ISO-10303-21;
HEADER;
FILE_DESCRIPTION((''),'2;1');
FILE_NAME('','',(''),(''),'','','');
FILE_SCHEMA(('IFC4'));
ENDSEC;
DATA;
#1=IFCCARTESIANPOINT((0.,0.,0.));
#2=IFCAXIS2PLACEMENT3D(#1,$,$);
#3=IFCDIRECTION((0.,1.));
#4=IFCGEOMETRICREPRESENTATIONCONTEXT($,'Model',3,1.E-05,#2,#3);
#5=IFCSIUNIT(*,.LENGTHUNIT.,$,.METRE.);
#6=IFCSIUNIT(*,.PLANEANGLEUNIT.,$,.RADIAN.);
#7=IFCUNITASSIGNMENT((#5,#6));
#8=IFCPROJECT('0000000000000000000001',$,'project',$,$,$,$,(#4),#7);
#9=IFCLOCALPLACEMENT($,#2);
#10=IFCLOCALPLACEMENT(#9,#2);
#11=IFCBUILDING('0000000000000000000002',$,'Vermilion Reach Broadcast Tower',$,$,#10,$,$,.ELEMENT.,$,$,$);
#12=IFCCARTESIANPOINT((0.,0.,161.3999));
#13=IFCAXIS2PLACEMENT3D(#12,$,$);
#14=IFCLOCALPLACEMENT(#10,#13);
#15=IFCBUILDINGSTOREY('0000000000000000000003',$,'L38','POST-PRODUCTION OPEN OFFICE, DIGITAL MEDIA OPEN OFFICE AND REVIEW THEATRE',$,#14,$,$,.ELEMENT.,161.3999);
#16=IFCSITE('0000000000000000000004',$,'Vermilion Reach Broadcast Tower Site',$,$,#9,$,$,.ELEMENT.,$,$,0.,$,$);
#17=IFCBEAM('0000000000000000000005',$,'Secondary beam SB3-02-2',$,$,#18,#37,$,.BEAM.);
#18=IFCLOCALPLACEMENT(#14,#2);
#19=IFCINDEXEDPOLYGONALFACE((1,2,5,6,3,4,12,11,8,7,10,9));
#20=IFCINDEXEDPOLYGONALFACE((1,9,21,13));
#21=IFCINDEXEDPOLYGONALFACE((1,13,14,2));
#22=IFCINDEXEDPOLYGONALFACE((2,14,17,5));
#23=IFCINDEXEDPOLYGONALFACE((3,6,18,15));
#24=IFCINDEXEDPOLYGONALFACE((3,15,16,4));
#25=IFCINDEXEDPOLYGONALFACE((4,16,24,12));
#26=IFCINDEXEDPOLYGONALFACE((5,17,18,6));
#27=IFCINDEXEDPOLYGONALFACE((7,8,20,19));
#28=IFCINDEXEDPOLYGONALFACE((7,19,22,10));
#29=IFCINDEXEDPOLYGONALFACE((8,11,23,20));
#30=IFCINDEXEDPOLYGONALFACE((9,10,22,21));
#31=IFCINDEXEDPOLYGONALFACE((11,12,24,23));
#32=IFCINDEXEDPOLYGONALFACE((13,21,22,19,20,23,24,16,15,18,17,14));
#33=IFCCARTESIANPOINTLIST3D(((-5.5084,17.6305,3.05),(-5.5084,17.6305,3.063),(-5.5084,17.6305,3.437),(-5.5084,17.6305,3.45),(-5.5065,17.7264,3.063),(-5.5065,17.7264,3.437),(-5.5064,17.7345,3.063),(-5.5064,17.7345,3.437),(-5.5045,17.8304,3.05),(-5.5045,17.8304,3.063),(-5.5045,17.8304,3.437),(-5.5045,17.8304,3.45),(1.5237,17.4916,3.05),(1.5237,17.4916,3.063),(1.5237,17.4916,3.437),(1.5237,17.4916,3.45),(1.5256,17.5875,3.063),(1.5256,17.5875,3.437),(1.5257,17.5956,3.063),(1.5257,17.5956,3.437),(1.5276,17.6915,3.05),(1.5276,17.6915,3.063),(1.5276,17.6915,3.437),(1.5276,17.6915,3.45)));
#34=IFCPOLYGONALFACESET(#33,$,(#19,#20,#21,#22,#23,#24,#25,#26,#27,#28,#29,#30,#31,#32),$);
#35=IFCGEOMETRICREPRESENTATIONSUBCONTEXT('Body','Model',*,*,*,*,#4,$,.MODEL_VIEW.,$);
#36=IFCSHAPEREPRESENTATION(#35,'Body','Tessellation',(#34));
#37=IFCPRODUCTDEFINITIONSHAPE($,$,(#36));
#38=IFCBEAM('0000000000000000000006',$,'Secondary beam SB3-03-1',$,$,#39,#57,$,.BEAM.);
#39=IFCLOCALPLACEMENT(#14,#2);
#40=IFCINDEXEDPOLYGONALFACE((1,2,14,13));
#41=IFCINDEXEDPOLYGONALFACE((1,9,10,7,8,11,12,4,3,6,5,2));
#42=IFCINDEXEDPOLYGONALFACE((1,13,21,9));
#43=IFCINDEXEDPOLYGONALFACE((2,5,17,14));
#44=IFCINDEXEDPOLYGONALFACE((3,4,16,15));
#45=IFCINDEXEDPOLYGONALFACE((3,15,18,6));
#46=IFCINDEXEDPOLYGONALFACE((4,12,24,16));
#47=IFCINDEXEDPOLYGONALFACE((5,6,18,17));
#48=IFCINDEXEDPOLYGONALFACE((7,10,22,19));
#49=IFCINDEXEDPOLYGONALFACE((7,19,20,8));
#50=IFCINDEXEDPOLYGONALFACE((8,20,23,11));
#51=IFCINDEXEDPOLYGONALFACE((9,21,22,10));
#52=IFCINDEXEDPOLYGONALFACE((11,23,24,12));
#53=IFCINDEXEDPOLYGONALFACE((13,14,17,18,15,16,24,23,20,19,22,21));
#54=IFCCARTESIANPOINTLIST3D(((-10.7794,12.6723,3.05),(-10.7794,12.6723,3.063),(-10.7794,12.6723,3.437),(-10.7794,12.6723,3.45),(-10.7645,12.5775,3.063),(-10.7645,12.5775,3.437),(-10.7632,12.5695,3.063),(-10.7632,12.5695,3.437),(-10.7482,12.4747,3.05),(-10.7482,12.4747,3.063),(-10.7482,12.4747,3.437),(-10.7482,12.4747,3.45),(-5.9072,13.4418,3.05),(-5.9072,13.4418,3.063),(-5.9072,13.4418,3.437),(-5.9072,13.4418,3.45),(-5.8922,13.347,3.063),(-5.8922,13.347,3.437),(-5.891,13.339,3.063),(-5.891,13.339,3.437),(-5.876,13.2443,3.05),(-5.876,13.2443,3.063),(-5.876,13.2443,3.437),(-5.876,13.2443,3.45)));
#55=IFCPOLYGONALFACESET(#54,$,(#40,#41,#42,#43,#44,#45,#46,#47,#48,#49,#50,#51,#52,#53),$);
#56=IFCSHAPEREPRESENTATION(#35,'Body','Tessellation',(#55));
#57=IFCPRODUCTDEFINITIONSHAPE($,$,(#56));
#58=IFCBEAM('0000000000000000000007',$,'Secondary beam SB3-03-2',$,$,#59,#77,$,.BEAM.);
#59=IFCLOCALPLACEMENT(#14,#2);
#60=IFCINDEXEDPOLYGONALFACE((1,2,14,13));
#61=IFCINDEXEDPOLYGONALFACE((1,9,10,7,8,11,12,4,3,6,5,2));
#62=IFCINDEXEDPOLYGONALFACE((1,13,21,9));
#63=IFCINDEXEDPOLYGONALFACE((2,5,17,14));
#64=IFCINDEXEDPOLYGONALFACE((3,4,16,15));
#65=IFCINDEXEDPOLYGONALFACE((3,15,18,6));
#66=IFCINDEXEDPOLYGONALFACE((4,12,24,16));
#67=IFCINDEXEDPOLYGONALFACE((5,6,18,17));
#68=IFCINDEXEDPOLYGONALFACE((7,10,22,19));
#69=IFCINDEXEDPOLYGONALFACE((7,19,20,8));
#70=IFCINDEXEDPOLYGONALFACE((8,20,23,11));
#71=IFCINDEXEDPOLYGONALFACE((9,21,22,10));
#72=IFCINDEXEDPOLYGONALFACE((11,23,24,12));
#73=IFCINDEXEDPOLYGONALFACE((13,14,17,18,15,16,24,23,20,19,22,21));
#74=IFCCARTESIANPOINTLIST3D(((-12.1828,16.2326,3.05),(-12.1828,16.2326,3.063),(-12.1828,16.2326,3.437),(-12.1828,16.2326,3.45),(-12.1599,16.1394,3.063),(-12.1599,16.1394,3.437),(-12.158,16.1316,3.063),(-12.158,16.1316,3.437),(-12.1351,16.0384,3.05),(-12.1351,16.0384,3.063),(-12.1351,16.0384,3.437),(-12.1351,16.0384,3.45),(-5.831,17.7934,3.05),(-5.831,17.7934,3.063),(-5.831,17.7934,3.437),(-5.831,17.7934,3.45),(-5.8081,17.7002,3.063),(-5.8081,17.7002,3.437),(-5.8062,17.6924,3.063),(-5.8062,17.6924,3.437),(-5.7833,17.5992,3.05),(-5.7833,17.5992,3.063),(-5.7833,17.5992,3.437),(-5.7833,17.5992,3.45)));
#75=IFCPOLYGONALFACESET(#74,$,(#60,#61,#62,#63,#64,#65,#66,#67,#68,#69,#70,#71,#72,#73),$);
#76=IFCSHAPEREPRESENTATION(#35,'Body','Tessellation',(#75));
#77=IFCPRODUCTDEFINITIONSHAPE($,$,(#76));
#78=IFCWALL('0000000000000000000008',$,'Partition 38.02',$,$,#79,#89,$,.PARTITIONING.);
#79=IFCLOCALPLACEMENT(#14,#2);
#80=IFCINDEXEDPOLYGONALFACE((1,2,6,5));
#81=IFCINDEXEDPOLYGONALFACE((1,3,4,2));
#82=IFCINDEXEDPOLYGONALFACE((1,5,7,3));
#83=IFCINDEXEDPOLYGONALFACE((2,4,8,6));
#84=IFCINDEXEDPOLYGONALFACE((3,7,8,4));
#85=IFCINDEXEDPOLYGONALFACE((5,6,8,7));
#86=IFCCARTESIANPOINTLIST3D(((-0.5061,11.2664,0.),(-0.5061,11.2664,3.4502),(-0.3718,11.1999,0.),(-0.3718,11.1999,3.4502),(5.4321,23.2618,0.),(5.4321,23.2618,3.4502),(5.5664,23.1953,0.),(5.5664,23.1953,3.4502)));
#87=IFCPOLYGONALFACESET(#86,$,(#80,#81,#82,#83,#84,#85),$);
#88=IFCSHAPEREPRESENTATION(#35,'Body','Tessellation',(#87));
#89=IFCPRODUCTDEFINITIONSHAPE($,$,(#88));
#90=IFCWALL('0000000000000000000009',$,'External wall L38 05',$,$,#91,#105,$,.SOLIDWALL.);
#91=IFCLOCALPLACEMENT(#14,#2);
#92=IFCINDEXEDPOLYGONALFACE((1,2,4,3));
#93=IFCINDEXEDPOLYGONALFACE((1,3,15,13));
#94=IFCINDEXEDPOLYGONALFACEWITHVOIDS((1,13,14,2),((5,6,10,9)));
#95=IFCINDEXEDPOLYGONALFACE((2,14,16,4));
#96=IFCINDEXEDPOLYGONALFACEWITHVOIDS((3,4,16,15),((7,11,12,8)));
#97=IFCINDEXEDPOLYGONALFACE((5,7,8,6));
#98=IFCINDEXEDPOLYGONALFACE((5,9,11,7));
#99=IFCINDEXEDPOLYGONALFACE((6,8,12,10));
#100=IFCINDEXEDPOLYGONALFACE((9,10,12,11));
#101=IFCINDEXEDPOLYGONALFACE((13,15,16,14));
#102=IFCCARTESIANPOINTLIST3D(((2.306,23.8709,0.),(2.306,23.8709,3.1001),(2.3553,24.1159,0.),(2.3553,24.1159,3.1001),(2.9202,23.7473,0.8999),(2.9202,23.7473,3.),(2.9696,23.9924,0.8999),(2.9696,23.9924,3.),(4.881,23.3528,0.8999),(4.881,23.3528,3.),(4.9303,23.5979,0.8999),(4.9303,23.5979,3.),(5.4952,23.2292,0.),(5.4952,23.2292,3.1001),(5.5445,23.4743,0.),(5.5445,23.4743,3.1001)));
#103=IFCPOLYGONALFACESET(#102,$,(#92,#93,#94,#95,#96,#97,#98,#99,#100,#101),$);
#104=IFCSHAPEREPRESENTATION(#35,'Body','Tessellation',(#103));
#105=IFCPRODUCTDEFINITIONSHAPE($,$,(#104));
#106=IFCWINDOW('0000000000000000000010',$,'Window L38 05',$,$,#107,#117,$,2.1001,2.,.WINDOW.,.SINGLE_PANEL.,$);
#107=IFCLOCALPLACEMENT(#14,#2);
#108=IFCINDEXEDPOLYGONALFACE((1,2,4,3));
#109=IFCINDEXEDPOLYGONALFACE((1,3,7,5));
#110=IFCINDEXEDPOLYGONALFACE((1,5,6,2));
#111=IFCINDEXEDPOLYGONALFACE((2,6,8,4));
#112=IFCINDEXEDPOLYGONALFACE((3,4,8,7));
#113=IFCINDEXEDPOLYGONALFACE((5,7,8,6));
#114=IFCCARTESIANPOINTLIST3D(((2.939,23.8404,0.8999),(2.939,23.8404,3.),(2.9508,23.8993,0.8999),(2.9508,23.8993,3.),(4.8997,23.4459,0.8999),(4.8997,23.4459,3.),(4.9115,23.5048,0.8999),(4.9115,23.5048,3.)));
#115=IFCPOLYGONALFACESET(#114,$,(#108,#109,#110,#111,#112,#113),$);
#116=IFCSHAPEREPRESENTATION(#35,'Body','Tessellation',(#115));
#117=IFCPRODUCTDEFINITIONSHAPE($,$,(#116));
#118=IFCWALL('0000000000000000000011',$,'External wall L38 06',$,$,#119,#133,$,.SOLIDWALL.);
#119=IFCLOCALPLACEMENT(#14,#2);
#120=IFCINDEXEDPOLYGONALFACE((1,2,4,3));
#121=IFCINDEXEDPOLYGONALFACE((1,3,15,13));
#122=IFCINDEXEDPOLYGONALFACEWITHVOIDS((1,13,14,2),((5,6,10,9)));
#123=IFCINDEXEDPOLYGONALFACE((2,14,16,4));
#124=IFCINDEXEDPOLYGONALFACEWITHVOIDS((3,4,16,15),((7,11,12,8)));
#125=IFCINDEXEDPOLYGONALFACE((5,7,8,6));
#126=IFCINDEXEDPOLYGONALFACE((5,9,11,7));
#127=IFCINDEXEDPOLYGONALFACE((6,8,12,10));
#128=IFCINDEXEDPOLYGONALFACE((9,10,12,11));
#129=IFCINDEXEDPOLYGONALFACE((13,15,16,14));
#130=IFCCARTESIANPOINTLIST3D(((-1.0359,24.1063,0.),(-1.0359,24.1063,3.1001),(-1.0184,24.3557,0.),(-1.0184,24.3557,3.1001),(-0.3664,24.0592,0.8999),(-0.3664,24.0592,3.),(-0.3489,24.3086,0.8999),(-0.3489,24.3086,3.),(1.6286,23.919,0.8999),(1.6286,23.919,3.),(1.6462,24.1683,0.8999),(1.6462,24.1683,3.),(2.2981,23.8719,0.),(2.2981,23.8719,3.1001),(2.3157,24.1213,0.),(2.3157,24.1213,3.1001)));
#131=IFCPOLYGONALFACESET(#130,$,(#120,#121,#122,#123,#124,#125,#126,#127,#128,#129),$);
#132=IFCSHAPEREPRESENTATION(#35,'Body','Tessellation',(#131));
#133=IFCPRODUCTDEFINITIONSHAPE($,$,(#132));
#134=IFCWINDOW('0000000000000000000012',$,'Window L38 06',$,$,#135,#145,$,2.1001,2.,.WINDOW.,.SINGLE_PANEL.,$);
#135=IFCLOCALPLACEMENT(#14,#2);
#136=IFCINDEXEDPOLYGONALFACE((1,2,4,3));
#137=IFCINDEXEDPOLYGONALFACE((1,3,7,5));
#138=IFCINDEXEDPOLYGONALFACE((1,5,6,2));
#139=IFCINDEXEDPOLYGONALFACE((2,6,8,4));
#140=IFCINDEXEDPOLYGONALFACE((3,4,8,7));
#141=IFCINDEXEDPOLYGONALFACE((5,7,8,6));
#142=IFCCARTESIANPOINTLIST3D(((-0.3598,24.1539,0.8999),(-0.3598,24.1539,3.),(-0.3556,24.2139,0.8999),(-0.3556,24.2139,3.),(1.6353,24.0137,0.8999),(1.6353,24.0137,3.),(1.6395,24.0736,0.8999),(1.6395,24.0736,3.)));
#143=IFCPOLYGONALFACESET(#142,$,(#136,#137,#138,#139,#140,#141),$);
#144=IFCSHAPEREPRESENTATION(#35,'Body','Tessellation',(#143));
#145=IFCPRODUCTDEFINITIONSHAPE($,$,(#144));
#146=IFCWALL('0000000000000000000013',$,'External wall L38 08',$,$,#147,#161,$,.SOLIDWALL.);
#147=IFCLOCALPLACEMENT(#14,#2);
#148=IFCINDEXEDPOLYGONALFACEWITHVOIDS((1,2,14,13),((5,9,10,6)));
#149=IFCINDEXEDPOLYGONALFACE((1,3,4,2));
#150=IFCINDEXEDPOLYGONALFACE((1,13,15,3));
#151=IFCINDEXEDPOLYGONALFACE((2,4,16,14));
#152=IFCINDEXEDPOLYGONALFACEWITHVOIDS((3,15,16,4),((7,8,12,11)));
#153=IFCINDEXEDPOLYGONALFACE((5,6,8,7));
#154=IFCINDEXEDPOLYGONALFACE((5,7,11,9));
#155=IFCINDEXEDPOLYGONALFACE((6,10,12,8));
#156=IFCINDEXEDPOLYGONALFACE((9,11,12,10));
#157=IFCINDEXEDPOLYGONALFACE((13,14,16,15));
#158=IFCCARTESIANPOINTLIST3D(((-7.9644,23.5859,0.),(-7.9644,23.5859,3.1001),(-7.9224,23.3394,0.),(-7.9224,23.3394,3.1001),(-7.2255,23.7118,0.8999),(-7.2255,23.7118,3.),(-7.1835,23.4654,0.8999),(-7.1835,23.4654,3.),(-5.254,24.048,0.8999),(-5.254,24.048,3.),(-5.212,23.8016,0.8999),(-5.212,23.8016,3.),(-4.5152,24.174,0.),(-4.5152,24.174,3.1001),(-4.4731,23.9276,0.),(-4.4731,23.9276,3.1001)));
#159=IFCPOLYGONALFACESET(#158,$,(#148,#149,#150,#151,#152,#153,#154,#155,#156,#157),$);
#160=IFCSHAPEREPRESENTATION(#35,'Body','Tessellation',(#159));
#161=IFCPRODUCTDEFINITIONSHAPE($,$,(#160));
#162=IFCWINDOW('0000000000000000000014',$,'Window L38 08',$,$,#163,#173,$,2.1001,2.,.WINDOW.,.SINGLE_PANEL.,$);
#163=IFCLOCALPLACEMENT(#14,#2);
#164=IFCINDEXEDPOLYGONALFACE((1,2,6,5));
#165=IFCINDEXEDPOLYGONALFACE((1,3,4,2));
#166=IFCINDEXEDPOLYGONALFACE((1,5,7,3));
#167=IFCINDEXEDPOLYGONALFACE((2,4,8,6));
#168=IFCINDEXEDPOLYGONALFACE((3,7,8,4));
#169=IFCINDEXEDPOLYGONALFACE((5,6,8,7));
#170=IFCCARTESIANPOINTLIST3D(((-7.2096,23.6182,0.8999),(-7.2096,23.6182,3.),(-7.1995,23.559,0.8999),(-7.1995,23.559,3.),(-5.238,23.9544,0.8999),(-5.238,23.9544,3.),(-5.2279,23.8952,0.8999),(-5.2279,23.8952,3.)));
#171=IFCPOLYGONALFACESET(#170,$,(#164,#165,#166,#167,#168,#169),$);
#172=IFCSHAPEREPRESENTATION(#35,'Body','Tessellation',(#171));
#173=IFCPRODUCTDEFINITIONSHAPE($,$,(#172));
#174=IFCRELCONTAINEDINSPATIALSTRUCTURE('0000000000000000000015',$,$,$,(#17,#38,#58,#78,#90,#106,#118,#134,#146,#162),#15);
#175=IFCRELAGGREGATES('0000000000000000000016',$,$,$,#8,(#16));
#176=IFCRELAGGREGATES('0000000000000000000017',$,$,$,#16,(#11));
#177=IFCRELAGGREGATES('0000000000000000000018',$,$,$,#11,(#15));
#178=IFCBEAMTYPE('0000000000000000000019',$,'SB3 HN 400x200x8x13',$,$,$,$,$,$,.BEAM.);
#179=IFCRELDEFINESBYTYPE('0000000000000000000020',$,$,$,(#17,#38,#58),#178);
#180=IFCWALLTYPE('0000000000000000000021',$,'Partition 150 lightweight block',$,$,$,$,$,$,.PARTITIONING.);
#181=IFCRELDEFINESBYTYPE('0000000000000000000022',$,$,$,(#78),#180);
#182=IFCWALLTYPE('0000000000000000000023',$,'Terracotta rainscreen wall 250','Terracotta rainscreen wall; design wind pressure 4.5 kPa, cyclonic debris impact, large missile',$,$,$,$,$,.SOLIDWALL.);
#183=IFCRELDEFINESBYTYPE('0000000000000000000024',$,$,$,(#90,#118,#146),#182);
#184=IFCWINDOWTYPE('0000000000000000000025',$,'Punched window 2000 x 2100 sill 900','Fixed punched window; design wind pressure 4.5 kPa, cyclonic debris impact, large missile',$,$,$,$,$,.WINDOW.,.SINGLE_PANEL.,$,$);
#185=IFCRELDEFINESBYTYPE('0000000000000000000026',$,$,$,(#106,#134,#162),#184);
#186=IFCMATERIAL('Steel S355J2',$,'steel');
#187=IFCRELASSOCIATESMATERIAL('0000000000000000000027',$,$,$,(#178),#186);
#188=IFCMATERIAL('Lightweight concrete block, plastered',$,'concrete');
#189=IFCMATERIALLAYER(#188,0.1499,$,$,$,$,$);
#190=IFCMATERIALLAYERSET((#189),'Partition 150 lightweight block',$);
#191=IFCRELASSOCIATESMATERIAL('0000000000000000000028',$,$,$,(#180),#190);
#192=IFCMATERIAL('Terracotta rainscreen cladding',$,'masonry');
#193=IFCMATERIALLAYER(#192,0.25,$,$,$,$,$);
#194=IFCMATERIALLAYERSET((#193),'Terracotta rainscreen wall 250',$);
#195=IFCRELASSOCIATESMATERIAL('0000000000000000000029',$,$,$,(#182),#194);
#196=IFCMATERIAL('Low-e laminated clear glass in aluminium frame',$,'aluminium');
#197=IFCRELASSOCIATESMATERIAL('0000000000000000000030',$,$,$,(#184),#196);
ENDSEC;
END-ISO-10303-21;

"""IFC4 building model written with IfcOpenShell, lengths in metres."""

from ifc_helpers import new_model, si_unit, direction, frame, frame_2d, origin, origin_2d, place, context, subcontext, project, spatial, rectangle, i_section, extrude, material, layer, layer_set, material_profile, profile_set, type_object, element, fill, save


model = new_model("IFC4")

# Units and contexts
model_context = context("Model", 3, precision=1e-05, world=origin(), true_north=direction((0.0, 1.0)))
body_context = subcontext(model_context, "Body", "Model", "MODEL_VIEW")
ifc_project = project(units=[si_unit("LENGTHUNIT", "METRE"), si_unit("PLANEANGLEUNIT", "RADIAN")], contexts=[model_context])

# Site, building, storey
site_placement = place(None, origin())
site = spatial("IfcSite", under=ifc_project, at=site_placement, Name="Vermilion Reach Broadcast Tower Site", CompositionType="ELEMENT", RefElevation=0.0)
building_placement = place(site_placement, origin())
building = spatial("IfcBuilding", under=site, at=building_placement, Name="Vermilion Reach Broadcast Tower", CompositionType="ELEMENT")
storey_placement = place(building_placement, frame((0.0, 0.0, 161.3999)))
storey = spatial("IfcBuildingStorey", under=building, at=storey_placement, Name="L38", Description="POST-PRODUCTION OPEN OFFICE, DIGITAL MEDIA OPEN OFFICE AND REVIEW THEATRE", CompositionType="ELEMENT", Elevation=161.3999)

# Beams
ifc_material_1 = material(Name="Steel S355J2", Category="steel")
ifc_material_profile_1 = material_profile(ifc_material_1, i_section(OverallWidth=0.2, OverallDepth=0.3999, WebThickness=0.0081, FlangeThickness=0.0129, at=origin_2d()), Name="S355J2 HN 400x200x8x13")
ifc_profile_set_1 = profile_set([ifc_material_profile_1], Name="Steel S355J2")
beam_type_1 = type_object("IfcBeamType", Name="SB3 HN 400x200x8x13", PredefinedType="BEAM", material=ifc_profile_set_1)
beam_1_placement = place(storey_placement, frame((1.5256, 17.5916, 3.25), z_axis=(-0.999805, 0.019751, 0.0), x_axis=(-0.019751, -0.999805, 0.0)))
element("IfcBeam", 1, at=beam_1_placement, inside=storey, type_object=beam_type_1, Name="Secondary beam SB3-02-2", PredefinedType="BEAM", context=body_context, shape_type="SweptSolid", body=[
    extrude(i_section(OverallWidth=0.2, OverallDepth=0.3999, WebThickness=0.0081, FlangeThickness=0.0129, at=origin_2d()), origin(), (0.0, 0.0, 1.0), 7.0334),
])
beam_2_placement = place(storey_placement, frame((-5.8916, 13.343, 3.25), z_axis=(-0.987756, -0.156006, 0.0), x_axis=(0.156006, -0.987756, 0.0)))
element("IfcBeam", 2, at=beam_2_placement, inside=storey, type_object=beam_type_1, Name="Secondary beam SB3-03-1", PredefinedType="BEAM", context=body_context, shape_type="SweptSolid", body=[
    extrude(i_section(OverallWidth=0.2, OverallDepth=0.3999, WebThickness=0.0081, FlangeThickness=0.0129, at=origin_2d()), origin(), (0.0, 0.0, 1.0), 4.9326),
])
beam_3_placement = place(storey_placement, frame((-5.8071, 17.6963, 3.25), z_axis=(-0.971112, -0.238625, 0.0), x_axis=(0.238625, -0.971112, 0.0)))
element("IfcBeam", 3, at=beam_3_placement, inside=storey, type_object=beam_type_1, Name="Secondary beam SB3-03-2", PredefinedType="BEAM", context=body_context, shape_type="SweptSolid", body=[
    extrude(i_section(OverallWidth=0.2, OverallDepth=0.3999, WebThickness=0.0081, FlangeThickness=0.0129, at=origin_2d()), origin(), (0.0, 0.0, 1.0), 6.5408),
])

# Wall
ifc_material_2 = material(Name="Lightweight concrete block, plastered", Category="concrete")
ifc_layer_1 = layer(ifc_material_2, 0.1499)
ifc_layer_set_1 = layer_set([ifc_layer_1], Name="Partition 150 lightweight block")
wall_type_1 = type_object("IfcWallType", Name="Partition 150 lightweight block", PredefinedType="PARTITIONING", material=ifc_layer_set_1)
wall_1_placement = place(storey_placement, frame((5.4993, 23.2285, 0.0), z_axis=(0.0, 0.0, 1.0), x_axis=(-0.443657, -0.896197, 0.0)))
element("IfcWall", 4, at=wall_1_placement, inside=storey, type_object=wall_type_1, Name="Partition 38.02", PredefinedType="PARTITIONING", context=body_context, shape_type="SweptSolid", body=[
    extrude(rectangle(XDim=13.3848, YDim=0.1499, at=frame_2d((6.6924, 0.0))), origin(), (0.0, 0.0, 1.0), 3.4502),
])

# Walls, openings, windows
ifc_material_3 = material(Name="Terracotta rainscreen cladding", Category="masonry")
ifc_layer_2 = layer(ifc_material_3, 0.25)
ifc_layer_set_2 = layer_set([ifc_layer_2], Name="Terracotta rainscreen wall 250")
wall_type_2 = type_object("IfcWallType", Name="Terracotta rainscreen wall 250", Description="Terracotta rainscreen wall; design wind pressure 4.5 kPa, cyclonic debris impact, large missile", PredefinedType="SOLIDWALL", material=ifc_layer_set_2)
wall_2_placement = place(storey_placement, frame((5.5198, 23.3518, 0.0), z_axis=(0.0, 0.0, 1.0), x_axis=(-0.980358, 0.197227, 0.0)))
wall_2 = element("IfcWall", 5, at=wall_2_placement, inside=storey, type_object=wall_type_2, Name="External wall L38 05", PredefinedType="SOLIDWALL", context=body_context, shape_type="SweptSolid", body=[
    extrude(rectangle(XDim=3.2532, YDim=0.25, at=frame_2d((1.6265, 0.0))), origin(), (0.0, 0.0, 1.0), 3.1001),
])
opening_1_placement = place(wall_2_placement, frame((0.6265, 0.0, 0.8999)))
opening_1 = element("IfcOpeningElement", 6, at=opening_1_placement, cuts=wall_2, PredefinedType="OPENING", context=body_context, shape_type="SweptSolid", body=[
    extrude(rectangle(XDim=2.0, YDim=2.1001, at=frame_2d((1.0, 1.05))), frame((0.0, 0.135, 0.0), z_axis=(0.0, -1.0, 0.0), x_axis=(1.0, 0.0, 0.0)), (0.0, 0.0, 1.0), 0.27),
])
ifc_material_4 = material(Name="Low-e laminated clear glass in aluminium frame", Category="aluminium")
window_type = type_object("IfcWindowType", Name="Punched window 2000 x 2100 sill 900", Description="Fixed punched window; design wind pressure 4.5 kPa, cyclonic debris impact, large missile", PartitioningType="SINGLE_PANEL", PredefinedType="WINDOW", material=ifc_material_4)
window_1_placement = place(opening_1_placement, origin())
window_1 = element("IfcWindow", 7, at=window_1_placement, inside=storey, type_object=window_type, Name="Window L38 05", OverallHeight=2.1001, OverallWidth=2.0, PartitioningType="SINGLE_PANEL", PredefinedType="WINDOW", context=body_context, shape_type="SweptSolid", body=[
    extrude(rectangle(XDim=2.0, YDim=2.1001, at=frame_2d((1.0, 1.05))), frame((0.0, 0.03, 0.0), z_axis=(0.0, -1.0, 0.0), x_axis=(1.0, 0.0, 0.0)), (0.0, 0.0, 1.0), 0.0601),
])
fill(opening_1, window_1)
wall_3_placement = place(storey_placement, frame((2.3069, 23.9966, 0.0), z_axis=(0.0, 0.0, 1.0), x_axis=(-0.997538, 0.070126, 0.0)))
wall_3 = element("IfcWall", 8, at=wall_3_placement, inside=storey, type_object=wall_type_2, Name="External wall L38 06", PredefinedType="SOLIDWALL", context=body_context, shape_type="SweptSolid", body=[
    extrude(rectangle(XDim=3.3423, YDim=0.25, at=frame_2d((1.6711, 0.0))), origin(), (0.0, 0.0, 1.0), 3.1001),
])
opening_2_placement = place(wall_3_placement, frame((0.6711, 0.0, 0.8999)))
opening_2 = element("IfcOpeningElement", 9, at=opening_2_placement, cuts=wall_3, PredefinedType="OPENING", context=body_context, shape_type="SweptSolid", body=[
    extrude(rectangle(XDim=2.0, YDim=2.1001, at=frame_2d((1.0, 1.05))), frame((0.0, 0.135, 0.0), z_axis=(0.0, -1.0, 0.0), x_axis=(1.0, 0.0, 0.0)), (0.0, 0.0, 1.0), 0.27),
])
window_2_placement = place(opening_2_placement, origin())
window_2 = element("IfcWindow", 10, at=window_2_placement, inside=storey, type_object=window_type, Name="Window L38 06", OverallHeight=2.1001, OverallWidth=2.0, PartitioningType="SINGLE_PANEL", PredefinedType="WINDOW", context=body_context, shape_type="SweptSolid", body=[
    extrude(rectangle(XDim=2.0, YDim=2.1001, at=frame_2d((1.0, 1.05))), frame((0.0, 0.03, 0.0), z_axis=(0.0, -1.0, 0.0), x_axis=(1.0, 0.0, 0.0)), (0.0, 0.0, 1.0), 0.0601),
])
fill(opening_2, window_2)

# Wall, opening, window
wall_4_placement = place(storey_placement, frame((-4.4941, 24.0508, 0.0), z_axis=(0.0, 0.0, 1.0), x_axis=(-0.985772, -0.168086, 0.0)))
wall_4 = element("IfcWall", 11, at=wall_4_placement, inside=storey, type_object=wall_type_2, Name="External wall L38 08", PredefinedType="SOLIDWALL", context=body_context, shape_type="SweptSolid", body=[
    extrude(rectangle(XDim=3.499, YDim=0.25, at=frame_2d((1.7495, 0.0))), origin(), (0.0, 0.0, 1.0), 3.1001),
])
opening_3_placement = place(wall_4_placement, frame((0.7495, 0.0, 0.8999)))
opening_3 = element("IfcOpeningElement", 12, at=opening_3_placement, cuts=wall_4, PredefinedType="OPENING", context=body_context, shape_type="SweptSolid", body=[
    extrude(rectangle(XDim=2.0, YDim=2.1001, at=frame_2d((1.0, 1.05))), frame((0.0, 0.135, 0.0), z_axis=(0.0, -1.0, 0.0), x_axis=(1.0, 0.0, 0.0)), (0.0, 0.0, 1.0), 0.27),
])
window_3_placement = place(opening_3_placement, origin())
window_3 = element("IfcWindow", 13, at=window_3_placement, inside=storey, type_object=window_type, Name="Window L38 08", OverallHeight=2.1001, OverallWidth=2.0, PartitioningType="SINGLE_PANEL", PredefinedType="WINDOW", context=body_context, shape_type="SweptSolid", body=[
    extrude(rectangle(XDim=2.0, YDim=2.1001, at=frame_2d((1.0, 1.05))), frame((0.0, 0.03, 0.0), z_axis=(0.0, -1.0, 0.0), x_axis=(1.0, 0.0, 0.0)), (0.0, 0.0, 1.0), 0.0601),
])
fill(opening_3, window_3)

save(model, "model.ifc")
